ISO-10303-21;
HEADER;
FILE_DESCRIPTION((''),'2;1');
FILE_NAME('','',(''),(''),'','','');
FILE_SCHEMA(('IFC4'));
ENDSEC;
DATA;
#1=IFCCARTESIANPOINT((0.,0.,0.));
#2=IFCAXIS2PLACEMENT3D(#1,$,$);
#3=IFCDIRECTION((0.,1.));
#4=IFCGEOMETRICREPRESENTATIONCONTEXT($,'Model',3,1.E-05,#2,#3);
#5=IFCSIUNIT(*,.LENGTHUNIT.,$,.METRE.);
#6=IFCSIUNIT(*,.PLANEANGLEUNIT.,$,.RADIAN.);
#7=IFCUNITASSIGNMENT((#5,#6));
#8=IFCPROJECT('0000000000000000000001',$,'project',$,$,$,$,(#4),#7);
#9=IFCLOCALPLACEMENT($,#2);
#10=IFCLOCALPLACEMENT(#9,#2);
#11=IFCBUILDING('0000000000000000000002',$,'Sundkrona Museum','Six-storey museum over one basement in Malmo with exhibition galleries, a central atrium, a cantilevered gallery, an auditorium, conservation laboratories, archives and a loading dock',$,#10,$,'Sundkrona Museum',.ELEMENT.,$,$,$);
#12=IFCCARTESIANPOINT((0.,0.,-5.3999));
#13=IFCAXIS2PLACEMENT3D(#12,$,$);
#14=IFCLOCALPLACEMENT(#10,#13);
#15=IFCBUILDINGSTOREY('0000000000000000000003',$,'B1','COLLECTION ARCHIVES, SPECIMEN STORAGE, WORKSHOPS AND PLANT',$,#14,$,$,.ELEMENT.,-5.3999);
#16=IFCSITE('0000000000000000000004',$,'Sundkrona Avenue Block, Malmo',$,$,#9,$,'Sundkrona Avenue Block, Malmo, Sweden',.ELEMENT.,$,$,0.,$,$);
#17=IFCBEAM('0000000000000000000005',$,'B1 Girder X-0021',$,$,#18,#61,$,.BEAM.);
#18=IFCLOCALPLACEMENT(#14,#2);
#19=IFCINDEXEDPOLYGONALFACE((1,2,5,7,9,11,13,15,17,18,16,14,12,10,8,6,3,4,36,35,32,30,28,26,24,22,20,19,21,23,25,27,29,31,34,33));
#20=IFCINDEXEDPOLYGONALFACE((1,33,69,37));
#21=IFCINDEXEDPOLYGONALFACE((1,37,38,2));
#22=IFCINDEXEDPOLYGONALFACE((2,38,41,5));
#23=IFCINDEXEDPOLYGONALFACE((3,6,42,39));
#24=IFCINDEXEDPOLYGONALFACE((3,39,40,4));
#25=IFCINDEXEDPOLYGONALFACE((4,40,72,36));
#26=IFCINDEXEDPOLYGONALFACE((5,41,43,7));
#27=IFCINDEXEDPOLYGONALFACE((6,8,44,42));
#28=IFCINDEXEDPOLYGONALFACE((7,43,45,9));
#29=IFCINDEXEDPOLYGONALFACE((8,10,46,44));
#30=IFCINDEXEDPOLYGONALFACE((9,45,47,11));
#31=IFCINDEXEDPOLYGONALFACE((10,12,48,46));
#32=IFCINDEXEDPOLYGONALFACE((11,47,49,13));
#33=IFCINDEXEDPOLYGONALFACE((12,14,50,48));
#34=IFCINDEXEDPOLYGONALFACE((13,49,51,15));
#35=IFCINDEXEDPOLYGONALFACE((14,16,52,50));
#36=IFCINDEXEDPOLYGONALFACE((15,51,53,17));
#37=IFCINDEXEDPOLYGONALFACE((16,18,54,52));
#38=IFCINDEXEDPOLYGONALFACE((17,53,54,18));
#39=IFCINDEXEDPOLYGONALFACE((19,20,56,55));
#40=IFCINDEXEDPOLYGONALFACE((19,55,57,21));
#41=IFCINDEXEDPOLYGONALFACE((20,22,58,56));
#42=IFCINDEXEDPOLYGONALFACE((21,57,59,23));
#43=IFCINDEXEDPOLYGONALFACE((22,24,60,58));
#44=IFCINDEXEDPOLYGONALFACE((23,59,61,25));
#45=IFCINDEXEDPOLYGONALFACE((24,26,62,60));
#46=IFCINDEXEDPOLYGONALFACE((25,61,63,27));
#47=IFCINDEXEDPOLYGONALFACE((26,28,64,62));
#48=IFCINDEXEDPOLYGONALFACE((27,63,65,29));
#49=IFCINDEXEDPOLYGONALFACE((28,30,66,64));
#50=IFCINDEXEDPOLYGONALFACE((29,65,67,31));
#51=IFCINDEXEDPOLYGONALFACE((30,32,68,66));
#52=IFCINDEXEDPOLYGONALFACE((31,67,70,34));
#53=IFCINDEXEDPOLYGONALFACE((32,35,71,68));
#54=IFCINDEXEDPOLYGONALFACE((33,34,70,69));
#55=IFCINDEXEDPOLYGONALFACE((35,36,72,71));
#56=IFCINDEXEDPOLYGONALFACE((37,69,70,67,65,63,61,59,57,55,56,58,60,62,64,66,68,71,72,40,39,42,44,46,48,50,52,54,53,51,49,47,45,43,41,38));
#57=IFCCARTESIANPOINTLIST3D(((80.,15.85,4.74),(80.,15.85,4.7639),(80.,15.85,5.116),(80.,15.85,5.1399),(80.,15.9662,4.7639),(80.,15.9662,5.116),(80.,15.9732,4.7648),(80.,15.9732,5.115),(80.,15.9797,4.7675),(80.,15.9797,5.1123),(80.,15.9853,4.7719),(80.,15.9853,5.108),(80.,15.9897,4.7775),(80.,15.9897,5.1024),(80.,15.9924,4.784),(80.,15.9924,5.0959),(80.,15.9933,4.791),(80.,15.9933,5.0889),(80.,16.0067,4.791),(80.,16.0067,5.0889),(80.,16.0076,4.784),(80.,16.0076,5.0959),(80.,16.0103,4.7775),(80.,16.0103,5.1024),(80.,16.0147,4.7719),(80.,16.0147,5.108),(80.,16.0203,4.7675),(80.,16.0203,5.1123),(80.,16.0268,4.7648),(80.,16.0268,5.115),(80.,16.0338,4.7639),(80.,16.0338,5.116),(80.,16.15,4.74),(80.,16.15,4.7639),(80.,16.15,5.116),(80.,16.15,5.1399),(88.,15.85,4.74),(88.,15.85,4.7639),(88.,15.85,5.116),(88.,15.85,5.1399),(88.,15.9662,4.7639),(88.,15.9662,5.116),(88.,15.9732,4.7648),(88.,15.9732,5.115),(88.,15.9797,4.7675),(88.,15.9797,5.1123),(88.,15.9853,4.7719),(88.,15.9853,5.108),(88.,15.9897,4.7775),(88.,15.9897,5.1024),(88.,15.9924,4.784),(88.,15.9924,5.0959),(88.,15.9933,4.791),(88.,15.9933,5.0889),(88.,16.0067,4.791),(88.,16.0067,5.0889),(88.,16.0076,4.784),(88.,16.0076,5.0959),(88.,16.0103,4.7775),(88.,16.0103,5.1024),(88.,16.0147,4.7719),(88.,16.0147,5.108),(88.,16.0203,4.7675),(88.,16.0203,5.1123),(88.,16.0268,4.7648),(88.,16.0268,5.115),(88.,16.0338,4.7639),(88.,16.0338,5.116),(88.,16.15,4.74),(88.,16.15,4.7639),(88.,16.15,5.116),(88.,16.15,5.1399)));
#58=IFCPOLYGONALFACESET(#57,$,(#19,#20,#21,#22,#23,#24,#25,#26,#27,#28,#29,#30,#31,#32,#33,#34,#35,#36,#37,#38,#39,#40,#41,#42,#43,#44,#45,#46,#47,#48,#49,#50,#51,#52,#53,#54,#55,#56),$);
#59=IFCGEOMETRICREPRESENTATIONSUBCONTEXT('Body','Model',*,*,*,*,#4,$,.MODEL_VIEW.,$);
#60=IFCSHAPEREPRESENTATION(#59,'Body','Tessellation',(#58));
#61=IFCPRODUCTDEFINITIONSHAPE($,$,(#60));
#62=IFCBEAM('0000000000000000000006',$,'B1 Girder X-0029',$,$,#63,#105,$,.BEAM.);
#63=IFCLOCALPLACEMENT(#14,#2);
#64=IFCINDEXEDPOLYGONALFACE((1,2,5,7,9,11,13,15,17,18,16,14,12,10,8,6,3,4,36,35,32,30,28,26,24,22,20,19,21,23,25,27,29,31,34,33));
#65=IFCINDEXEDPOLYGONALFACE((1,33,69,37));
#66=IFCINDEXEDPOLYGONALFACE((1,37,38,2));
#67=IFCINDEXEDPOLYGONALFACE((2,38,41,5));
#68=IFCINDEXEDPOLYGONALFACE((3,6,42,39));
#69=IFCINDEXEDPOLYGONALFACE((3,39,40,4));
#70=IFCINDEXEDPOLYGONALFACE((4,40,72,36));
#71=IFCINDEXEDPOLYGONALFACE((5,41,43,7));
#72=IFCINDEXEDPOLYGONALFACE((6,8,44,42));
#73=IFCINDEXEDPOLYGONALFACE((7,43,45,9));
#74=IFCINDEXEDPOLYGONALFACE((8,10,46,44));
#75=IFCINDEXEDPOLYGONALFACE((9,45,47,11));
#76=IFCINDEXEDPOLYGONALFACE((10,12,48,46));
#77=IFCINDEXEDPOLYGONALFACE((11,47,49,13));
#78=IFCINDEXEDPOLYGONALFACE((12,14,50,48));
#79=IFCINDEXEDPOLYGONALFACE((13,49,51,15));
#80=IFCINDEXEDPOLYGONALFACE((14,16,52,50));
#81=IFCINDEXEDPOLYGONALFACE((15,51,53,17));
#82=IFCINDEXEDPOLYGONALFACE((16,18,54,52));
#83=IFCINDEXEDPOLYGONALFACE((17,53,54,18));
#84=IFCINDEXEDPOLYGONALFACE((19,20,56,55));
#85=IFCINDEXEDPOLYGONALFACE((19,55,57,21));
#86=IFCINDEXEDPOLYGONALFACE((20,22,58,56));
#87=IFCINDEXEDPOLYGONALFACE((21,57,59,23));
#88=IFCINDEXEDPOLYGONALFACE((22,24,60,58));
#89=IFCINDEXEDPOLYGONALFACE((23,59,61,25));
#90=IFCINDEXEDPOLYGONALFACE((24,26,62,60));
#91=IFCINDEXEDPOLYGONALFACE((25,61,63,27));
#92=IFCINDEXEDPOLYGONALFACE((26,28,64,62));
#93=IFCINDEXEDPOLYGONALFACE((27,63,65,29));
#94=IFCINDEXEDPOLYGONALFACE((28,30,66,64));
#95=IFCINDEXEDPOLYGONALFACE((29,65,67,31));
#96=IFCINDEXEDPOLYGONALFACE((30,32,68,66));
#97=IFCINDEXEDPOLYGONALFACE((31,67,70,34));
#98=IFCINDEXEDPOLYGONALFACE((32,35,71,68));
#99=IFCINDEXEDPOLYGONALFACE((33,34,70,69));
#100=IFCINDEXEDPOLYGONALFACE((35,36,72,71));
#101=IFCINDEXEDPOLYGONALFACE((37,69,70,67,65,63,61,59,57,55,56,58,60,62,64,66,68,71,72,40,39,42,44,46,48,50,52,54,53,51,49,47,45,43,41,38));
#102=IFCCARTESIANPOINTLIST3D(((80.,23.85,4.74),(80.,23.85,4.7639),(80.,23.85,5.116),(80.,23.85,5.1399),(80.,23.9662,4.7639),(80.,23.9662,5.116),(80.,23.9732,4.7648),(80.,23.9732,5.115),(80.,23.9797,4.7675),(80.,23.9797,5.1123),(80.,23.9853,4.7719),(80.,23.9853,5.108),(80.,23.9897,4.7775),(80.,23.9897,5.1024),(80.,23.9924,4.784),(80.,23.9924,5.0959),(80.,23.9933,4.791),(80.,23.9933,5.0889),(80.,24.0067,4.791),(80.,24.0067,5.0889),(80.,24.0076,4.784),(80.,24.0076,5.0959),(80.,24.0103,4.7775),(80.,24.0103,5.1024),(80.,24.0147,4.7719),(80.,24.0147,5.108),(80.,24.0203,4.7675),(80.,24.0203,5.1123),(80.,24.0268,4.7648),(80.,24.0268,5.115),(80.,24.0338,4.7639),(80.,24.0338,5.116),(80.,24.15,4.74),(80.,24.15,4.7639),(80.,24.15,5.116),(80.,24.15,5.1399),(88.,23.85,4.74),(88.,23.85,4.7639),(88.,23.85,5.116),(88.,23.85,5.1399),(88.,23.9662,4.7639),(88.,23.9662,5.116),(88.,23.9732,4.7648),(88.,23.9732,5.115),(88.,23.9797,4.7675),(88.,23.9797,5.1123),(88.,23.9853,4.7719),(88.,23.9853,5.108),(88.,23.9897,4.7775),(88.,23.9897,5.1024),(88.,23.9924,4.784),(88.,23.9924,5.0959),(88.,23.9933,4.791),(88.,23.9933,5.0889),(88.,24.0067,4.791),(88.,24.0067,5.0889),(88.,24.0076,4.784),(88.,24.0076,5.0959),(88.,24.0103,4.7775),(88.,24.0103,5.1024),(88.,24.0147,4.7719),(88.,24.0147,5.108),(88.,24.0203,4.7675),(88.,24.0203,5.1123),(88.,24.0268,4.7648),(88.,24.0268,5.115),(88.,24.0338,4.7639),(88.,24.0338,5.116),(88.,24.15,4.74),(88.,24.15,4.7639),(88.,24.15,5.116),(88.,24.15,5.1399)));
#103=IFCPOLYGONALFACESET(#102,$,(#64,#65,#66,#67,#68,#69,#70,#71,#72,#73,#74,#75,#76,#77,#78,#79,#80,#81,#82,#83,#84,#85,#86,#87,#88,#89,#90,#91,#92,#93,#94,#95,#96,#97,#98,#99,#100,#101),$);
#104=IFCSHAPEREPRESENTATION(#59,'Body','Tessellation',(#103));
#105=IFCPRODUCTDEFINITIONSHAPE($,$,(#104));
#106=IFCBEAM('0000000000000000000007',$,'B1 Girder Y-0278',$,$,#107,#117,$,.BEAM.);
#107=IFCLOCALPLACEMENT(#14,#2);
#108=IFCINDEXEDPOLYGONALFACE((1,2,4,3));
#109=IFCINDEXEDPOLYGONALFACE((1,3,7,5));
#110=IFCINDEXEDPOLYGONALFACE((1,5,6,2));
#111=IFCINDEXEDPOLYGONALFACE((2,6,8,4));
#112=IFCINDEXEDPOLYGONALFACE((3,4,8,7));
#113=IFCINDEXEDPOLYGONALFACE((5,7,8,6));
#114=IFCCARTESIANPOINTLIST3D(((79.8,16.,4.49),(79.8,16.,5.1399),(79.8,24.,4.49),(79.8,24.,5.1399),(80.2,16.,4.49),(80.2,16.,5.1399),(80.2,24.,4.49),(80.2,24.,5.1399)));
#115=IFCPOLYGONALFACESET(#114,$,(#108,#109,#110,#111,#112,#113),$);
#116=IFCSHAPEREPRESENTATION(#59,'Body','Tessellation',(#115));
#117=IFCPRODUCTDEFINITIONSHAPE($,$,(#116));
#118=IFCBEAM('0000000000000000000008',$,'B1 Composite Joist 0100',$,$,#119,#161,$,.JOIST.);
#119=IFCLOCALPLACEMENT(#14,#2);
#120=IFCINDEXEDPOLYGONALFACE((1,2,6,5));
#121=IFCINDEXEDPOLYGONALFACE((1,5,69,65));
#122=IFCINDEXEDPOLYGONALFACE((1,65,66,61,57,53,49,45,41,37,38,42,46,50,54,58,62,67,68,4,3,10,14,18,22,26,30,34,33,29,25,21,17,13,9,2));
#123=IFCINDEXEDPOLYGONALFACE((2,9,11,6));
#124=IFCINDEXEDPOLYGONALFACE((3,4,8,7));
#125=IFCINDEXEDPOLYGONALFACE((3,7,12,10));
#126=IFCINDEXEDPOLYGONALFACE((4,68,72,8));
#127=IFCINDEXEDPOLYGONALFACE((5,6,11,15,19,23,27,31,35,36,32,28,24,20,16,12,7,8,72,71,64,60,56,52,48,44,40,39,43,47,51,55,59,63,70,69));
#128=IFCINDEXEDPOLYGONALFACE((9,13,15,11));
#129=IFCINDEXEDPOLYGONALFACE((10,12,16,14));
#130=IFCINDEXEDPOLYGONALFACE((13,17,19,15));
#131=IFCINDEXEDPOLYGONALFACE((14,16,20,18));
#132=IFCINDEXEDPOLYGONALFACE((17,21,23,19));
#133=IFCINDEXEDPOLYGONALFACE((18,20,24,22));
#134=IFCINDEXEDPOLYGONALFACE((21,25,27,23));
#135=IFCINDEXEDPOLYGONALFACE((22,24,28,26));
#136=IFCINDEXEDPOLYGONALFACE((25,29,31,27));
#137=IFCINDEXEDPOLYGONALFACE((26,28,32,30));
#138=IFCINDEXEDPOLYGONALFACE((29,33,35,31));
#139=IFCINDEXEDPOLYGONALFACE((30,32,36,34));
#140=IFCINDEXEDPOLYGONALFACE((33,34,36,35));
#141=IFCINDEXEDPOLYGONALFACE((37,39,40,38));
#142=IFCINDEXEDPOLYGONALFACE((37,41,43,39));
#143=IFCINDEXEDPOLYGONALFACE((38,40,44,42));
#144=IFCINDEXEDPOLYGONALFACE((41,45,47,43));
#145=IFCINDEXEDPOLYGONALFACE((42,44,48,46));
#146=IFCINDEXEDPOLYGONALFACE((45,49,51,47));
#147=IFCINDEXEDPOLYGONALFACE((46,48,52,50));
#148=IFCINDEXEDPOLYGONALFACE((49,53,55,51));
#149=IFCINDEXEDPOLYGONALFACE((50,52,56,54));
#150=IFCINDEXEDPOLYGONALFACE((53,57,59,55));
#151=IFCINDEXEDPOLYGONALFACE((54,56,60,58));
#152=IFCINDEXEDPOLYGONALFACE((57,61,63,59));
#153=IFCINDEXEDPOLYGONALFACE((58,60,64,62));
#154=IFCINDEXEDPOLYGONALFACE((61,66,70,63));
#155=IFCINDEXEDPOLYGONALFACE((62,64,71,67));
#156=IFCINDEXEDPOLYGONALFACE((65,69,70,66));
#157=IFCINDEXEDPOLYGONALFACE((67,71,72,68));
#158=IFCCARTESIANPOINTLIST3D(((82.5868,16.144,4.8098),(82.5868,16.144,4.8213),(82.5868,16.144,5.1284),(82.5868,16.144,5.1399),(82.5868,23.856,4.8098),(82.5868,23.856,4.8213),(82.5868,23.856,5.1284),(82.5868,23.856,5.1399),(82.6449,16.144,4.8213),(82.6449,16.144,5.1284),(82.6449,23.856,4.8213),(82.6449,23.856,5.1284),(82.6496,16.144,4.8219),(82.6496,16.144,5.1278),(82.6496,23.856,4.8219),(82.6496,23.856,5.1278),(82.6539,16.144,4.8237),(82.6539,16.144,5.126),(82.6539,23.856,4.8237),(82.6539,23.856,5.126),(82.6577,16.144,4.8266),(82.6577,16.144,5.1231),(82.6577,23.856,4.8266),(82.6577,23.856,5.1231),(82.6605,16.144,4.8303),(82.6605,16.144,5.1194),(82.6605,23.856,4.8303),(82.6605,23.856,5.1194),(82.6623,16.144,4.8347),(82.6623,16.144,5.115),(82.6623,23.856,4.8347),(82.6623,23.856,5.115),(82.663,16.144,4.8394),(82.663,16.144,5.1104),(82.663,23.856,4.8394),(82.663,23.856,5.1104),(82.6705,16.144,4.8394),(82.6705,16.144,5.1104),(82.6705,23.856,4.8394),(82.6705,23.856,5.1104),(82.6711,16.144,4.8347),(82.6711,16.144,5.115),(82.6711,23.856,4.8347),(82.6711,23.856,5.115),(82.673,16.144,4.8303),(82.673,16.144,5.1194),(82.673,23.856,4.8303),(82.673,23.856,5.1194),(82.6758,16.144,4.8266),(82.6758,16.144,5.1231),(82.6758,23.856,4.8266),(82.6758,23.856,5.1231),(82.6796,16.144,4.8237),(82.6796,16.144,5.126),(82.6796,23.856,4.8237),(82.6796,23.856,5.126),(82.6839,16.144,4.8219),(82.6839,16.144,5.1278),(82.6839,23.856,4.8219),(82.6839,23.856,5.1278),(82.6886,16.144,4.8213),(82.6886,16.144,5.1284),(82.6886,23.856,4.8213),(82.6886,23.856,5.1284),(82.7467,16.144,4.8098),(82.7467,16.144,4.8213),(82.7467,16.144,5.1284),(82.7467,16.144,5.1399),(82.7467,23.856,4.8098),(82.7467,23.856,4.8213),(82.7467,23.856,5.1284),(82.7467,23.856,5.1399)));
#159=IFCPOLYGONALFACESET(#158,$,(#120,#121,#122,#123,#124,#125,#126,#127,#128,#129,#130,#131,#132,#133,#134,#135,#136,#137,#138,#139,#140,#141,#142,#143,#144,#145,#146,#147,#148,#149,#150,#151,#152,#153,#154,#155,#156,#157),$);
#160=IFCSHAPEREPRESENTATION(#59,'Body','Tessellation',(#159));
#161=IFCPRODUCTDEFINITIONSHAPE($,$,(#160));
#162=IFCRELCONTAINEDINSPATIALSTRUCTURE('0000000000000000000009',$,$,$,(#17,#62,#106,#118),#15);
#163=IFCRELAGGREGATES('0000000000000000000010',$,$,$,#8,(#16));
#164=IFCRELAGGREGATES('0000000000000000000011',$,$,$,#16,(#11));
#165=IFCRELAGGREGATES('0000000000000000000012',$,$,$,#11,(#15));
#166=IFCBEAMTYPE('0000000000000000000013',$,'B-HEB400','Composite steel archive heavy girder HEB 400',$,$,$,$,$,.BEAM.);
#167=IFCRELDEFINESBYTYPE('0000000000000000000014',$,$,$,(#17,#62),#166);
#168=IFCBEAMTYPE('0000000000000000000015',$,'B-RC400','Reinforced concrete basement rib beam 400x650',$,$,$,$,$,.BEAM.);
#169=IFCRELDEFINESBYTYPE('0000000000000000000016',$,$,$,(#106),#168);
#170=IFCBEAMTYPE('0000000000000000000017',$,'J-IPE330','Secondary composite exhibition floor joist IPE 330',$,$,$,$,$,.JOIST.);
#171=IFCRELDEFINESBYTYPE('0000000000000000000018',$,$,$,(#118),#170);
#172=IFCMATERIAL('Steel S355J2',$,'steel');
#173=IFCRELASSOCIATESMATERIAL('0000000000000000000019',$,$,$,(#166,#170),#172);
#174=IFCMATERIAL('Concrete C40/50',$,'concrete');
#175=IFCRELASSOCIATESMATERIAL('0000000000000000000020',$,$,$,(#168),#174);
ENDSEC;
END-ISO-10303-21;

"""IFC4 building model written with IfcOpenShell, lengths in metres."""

from ifc_helpers import new_model, si_unit, direction, frame, origin, origin_2d, place, context, subcontext, project, spatial, rectangle, i_section, extrude, material, material_profile, profile_set, type_object, element, save


model = new_model("IFC4")

# Units and contexts
model_context = context("Model", 3, precision=1e-05, world=origin(), true_north=direction((0.0, 1.0)))
body_context = subcontext(model_context, "Body", "Model", "MODEL_VIEW")
ifc_project = project(units=[si_unit("LENGTHUNIT", "METRE"), si_unit("PLANEANGLEUNIT", "RADIAN")], contexts=[model_context])

# Site, building, storey
site_placement = place(None, origin())
site = spatial("IfcSite", under=ifc_project, at=site_placement, Name="Sundkrona Avenue Block, Malmo", LongName="Sundkrona Avenue Block, Malmo, Sweden", CompositionType="ELEMENT", RefElevation=0.0)
building_placement = place(site_placement, origin())
building = spatial("IfcBuilding", under=site, at=building_placement, Name="Sundkrona Museum", Description="Six-storey museum over one basement in Malmo with exhibition galleries, a central atrium, a cantilevered gallery, an auditorium, conservation laboratories, archives and a loading dock", LongName="Sundkrona Museum", CompositionType="ELEMENT")
storey_placement = place(building_placement, frame((0.0, 0.0, -5.3999)))
storey = spatial("IfcBuildingStorey", under=building, at=storey_placement, Name="B1", Description="COLLECTION ARCHIVES, SPECIMEN STORAGE, WORKSHOPS AND PLANT", CompositionType="ELEMENT", Elevation=-5.3999)

# Shared definitions
ifc_material_1 = material(Name="Concrete C40/50", Category="concrete")

# Shared definitions
ifc_material_2 = material(Name="Steel S355J2", Category="steel")

# Beams
ifc_material_profile_1 = material_profile(ifc_material_2, i_section(OverallWidth=0.3, OverallDepth=0.3999, WebThickness=0.0134, FlangeThickness=0.0239, FilletRadius=0.0271, at=origin_2d()), Name="HEB 400")
ifc_profile_set_1 = profile_set([ifc_material_profile_1], Name="Steel S355J2")
beam_type_1 = type_object("IfcBeamType", Name="B-HEB400", Description="Composite steel archive heavy girder HEB 400", PredefinedType="BEAM", material=ifc_profile_set_1)
for number, where, z_axis, x_axis, name in (
    (1, (80.0, 16.0, 4.9399), (1.0, 0.0, 0.0), (0.0, 1.0, 0.0), "B1 Girder X-0021"),
    (2, (80.0, 24.0, 4.9399), (1.0, 0.0, 0.0), (0.0, 1.0, 0.0), "B1 Girder X-0029"),
):
    element("IfcBeam", number, at=place(storey_placement, frame(where, z_axis=z_axis, x_axis=x_axis)), inside=storey, type_object=beam_type_1, Name=name, PredefinedType="BEAM", context=body_context, shape_type="SweptSolid", body=[
        extrude(i_section(OverallWidth=0.3, OverallDepth=0.3999, WebThickness=0.0134, FlangeThickness=0.0239, FilletRadius=0.0271, at=origin_2d()), origin(), (0.0, 0.0, 1.0), 8.0),
    ])
ifc_material_profile_2 = material_profile(ifc_material_1, rectangle(XDim=0.3999, YDim=0.6499, at=origin_2d()), Name="RCB 400x650")
ifc_profile_set_2 = profile_set([ifc_material_profile_2], Name="Concrete C40/50")
beam_type_2 = type_object("IfcBeamType", Name="B-RC400", Description="Reinforced concrete basement rib beam 400x650", PredefinedType="BEAM", material=ifc_profile_set_2)
beam_1_placement = place(storey_placement, frame((80.0, 16.0, 4.8149), z_axis=(0.0, 1.0, 0.0), x_axis=(-1.0, 0.0, 0.0)))
element("IfcBeam", 3, at=beam_1_placement, inside=storey, type_object=beam_type_2, Name="B1 Girder Y-0278", PredefinedType="BEAM", context=body_context, shape_type="SweptSolid", body=[
    extrude(rectangle(XDim=0.3999, YDim=0.6499, at=origin_2d()), origin(), (0.0, 0.0, 1.0), 8.0),
])
ifc_material_profile_3 = material_profile(ifc_material_2, i_section(OverallWidth=0.1599, OverallDepth=0.3301, WebThickness=0.0076, FlangeThickness=0.0115, FilletRadius=0.0181, at=origin_2d()), Name="IPE 330")
ifc_profile_set_3 = profile_set([ifc_material_profile_3], Name="Steel S355J2")
beam_type_3 = type_object("IfcBeamType", Name="J-IPE330", Description="Secondary composite exhibition floor joist IPE 330", PredefinedType="JOIST", material=ifc_profile_set_3)
beam_2_placement = place(storey_placement, frame((82.6667, 16.144, 4.9749), z_axis=(0.0, 1.0, 0.0), x_axis=(-1.0, 0.0, 0.0)))
element("IfcBeam", 4, at=beam_2_placement, inside=storey, type_object=beam_type_3, Name="B1 Composite Joist 0100", PredefinedType="JOIST", context=body_context, shape_type="SweptSolid", body=[
    extrude(i_section(OverallWidth=0.1599, OverallDepth=0.3301, WebThickness=0.0076, FlangeThickness=0.0115, FilletRadius=0.0181, at=origin_2d()), origin(), (0.0, 0.0, 1.0), 7.7119),
])

save(model, "model.ifc")
